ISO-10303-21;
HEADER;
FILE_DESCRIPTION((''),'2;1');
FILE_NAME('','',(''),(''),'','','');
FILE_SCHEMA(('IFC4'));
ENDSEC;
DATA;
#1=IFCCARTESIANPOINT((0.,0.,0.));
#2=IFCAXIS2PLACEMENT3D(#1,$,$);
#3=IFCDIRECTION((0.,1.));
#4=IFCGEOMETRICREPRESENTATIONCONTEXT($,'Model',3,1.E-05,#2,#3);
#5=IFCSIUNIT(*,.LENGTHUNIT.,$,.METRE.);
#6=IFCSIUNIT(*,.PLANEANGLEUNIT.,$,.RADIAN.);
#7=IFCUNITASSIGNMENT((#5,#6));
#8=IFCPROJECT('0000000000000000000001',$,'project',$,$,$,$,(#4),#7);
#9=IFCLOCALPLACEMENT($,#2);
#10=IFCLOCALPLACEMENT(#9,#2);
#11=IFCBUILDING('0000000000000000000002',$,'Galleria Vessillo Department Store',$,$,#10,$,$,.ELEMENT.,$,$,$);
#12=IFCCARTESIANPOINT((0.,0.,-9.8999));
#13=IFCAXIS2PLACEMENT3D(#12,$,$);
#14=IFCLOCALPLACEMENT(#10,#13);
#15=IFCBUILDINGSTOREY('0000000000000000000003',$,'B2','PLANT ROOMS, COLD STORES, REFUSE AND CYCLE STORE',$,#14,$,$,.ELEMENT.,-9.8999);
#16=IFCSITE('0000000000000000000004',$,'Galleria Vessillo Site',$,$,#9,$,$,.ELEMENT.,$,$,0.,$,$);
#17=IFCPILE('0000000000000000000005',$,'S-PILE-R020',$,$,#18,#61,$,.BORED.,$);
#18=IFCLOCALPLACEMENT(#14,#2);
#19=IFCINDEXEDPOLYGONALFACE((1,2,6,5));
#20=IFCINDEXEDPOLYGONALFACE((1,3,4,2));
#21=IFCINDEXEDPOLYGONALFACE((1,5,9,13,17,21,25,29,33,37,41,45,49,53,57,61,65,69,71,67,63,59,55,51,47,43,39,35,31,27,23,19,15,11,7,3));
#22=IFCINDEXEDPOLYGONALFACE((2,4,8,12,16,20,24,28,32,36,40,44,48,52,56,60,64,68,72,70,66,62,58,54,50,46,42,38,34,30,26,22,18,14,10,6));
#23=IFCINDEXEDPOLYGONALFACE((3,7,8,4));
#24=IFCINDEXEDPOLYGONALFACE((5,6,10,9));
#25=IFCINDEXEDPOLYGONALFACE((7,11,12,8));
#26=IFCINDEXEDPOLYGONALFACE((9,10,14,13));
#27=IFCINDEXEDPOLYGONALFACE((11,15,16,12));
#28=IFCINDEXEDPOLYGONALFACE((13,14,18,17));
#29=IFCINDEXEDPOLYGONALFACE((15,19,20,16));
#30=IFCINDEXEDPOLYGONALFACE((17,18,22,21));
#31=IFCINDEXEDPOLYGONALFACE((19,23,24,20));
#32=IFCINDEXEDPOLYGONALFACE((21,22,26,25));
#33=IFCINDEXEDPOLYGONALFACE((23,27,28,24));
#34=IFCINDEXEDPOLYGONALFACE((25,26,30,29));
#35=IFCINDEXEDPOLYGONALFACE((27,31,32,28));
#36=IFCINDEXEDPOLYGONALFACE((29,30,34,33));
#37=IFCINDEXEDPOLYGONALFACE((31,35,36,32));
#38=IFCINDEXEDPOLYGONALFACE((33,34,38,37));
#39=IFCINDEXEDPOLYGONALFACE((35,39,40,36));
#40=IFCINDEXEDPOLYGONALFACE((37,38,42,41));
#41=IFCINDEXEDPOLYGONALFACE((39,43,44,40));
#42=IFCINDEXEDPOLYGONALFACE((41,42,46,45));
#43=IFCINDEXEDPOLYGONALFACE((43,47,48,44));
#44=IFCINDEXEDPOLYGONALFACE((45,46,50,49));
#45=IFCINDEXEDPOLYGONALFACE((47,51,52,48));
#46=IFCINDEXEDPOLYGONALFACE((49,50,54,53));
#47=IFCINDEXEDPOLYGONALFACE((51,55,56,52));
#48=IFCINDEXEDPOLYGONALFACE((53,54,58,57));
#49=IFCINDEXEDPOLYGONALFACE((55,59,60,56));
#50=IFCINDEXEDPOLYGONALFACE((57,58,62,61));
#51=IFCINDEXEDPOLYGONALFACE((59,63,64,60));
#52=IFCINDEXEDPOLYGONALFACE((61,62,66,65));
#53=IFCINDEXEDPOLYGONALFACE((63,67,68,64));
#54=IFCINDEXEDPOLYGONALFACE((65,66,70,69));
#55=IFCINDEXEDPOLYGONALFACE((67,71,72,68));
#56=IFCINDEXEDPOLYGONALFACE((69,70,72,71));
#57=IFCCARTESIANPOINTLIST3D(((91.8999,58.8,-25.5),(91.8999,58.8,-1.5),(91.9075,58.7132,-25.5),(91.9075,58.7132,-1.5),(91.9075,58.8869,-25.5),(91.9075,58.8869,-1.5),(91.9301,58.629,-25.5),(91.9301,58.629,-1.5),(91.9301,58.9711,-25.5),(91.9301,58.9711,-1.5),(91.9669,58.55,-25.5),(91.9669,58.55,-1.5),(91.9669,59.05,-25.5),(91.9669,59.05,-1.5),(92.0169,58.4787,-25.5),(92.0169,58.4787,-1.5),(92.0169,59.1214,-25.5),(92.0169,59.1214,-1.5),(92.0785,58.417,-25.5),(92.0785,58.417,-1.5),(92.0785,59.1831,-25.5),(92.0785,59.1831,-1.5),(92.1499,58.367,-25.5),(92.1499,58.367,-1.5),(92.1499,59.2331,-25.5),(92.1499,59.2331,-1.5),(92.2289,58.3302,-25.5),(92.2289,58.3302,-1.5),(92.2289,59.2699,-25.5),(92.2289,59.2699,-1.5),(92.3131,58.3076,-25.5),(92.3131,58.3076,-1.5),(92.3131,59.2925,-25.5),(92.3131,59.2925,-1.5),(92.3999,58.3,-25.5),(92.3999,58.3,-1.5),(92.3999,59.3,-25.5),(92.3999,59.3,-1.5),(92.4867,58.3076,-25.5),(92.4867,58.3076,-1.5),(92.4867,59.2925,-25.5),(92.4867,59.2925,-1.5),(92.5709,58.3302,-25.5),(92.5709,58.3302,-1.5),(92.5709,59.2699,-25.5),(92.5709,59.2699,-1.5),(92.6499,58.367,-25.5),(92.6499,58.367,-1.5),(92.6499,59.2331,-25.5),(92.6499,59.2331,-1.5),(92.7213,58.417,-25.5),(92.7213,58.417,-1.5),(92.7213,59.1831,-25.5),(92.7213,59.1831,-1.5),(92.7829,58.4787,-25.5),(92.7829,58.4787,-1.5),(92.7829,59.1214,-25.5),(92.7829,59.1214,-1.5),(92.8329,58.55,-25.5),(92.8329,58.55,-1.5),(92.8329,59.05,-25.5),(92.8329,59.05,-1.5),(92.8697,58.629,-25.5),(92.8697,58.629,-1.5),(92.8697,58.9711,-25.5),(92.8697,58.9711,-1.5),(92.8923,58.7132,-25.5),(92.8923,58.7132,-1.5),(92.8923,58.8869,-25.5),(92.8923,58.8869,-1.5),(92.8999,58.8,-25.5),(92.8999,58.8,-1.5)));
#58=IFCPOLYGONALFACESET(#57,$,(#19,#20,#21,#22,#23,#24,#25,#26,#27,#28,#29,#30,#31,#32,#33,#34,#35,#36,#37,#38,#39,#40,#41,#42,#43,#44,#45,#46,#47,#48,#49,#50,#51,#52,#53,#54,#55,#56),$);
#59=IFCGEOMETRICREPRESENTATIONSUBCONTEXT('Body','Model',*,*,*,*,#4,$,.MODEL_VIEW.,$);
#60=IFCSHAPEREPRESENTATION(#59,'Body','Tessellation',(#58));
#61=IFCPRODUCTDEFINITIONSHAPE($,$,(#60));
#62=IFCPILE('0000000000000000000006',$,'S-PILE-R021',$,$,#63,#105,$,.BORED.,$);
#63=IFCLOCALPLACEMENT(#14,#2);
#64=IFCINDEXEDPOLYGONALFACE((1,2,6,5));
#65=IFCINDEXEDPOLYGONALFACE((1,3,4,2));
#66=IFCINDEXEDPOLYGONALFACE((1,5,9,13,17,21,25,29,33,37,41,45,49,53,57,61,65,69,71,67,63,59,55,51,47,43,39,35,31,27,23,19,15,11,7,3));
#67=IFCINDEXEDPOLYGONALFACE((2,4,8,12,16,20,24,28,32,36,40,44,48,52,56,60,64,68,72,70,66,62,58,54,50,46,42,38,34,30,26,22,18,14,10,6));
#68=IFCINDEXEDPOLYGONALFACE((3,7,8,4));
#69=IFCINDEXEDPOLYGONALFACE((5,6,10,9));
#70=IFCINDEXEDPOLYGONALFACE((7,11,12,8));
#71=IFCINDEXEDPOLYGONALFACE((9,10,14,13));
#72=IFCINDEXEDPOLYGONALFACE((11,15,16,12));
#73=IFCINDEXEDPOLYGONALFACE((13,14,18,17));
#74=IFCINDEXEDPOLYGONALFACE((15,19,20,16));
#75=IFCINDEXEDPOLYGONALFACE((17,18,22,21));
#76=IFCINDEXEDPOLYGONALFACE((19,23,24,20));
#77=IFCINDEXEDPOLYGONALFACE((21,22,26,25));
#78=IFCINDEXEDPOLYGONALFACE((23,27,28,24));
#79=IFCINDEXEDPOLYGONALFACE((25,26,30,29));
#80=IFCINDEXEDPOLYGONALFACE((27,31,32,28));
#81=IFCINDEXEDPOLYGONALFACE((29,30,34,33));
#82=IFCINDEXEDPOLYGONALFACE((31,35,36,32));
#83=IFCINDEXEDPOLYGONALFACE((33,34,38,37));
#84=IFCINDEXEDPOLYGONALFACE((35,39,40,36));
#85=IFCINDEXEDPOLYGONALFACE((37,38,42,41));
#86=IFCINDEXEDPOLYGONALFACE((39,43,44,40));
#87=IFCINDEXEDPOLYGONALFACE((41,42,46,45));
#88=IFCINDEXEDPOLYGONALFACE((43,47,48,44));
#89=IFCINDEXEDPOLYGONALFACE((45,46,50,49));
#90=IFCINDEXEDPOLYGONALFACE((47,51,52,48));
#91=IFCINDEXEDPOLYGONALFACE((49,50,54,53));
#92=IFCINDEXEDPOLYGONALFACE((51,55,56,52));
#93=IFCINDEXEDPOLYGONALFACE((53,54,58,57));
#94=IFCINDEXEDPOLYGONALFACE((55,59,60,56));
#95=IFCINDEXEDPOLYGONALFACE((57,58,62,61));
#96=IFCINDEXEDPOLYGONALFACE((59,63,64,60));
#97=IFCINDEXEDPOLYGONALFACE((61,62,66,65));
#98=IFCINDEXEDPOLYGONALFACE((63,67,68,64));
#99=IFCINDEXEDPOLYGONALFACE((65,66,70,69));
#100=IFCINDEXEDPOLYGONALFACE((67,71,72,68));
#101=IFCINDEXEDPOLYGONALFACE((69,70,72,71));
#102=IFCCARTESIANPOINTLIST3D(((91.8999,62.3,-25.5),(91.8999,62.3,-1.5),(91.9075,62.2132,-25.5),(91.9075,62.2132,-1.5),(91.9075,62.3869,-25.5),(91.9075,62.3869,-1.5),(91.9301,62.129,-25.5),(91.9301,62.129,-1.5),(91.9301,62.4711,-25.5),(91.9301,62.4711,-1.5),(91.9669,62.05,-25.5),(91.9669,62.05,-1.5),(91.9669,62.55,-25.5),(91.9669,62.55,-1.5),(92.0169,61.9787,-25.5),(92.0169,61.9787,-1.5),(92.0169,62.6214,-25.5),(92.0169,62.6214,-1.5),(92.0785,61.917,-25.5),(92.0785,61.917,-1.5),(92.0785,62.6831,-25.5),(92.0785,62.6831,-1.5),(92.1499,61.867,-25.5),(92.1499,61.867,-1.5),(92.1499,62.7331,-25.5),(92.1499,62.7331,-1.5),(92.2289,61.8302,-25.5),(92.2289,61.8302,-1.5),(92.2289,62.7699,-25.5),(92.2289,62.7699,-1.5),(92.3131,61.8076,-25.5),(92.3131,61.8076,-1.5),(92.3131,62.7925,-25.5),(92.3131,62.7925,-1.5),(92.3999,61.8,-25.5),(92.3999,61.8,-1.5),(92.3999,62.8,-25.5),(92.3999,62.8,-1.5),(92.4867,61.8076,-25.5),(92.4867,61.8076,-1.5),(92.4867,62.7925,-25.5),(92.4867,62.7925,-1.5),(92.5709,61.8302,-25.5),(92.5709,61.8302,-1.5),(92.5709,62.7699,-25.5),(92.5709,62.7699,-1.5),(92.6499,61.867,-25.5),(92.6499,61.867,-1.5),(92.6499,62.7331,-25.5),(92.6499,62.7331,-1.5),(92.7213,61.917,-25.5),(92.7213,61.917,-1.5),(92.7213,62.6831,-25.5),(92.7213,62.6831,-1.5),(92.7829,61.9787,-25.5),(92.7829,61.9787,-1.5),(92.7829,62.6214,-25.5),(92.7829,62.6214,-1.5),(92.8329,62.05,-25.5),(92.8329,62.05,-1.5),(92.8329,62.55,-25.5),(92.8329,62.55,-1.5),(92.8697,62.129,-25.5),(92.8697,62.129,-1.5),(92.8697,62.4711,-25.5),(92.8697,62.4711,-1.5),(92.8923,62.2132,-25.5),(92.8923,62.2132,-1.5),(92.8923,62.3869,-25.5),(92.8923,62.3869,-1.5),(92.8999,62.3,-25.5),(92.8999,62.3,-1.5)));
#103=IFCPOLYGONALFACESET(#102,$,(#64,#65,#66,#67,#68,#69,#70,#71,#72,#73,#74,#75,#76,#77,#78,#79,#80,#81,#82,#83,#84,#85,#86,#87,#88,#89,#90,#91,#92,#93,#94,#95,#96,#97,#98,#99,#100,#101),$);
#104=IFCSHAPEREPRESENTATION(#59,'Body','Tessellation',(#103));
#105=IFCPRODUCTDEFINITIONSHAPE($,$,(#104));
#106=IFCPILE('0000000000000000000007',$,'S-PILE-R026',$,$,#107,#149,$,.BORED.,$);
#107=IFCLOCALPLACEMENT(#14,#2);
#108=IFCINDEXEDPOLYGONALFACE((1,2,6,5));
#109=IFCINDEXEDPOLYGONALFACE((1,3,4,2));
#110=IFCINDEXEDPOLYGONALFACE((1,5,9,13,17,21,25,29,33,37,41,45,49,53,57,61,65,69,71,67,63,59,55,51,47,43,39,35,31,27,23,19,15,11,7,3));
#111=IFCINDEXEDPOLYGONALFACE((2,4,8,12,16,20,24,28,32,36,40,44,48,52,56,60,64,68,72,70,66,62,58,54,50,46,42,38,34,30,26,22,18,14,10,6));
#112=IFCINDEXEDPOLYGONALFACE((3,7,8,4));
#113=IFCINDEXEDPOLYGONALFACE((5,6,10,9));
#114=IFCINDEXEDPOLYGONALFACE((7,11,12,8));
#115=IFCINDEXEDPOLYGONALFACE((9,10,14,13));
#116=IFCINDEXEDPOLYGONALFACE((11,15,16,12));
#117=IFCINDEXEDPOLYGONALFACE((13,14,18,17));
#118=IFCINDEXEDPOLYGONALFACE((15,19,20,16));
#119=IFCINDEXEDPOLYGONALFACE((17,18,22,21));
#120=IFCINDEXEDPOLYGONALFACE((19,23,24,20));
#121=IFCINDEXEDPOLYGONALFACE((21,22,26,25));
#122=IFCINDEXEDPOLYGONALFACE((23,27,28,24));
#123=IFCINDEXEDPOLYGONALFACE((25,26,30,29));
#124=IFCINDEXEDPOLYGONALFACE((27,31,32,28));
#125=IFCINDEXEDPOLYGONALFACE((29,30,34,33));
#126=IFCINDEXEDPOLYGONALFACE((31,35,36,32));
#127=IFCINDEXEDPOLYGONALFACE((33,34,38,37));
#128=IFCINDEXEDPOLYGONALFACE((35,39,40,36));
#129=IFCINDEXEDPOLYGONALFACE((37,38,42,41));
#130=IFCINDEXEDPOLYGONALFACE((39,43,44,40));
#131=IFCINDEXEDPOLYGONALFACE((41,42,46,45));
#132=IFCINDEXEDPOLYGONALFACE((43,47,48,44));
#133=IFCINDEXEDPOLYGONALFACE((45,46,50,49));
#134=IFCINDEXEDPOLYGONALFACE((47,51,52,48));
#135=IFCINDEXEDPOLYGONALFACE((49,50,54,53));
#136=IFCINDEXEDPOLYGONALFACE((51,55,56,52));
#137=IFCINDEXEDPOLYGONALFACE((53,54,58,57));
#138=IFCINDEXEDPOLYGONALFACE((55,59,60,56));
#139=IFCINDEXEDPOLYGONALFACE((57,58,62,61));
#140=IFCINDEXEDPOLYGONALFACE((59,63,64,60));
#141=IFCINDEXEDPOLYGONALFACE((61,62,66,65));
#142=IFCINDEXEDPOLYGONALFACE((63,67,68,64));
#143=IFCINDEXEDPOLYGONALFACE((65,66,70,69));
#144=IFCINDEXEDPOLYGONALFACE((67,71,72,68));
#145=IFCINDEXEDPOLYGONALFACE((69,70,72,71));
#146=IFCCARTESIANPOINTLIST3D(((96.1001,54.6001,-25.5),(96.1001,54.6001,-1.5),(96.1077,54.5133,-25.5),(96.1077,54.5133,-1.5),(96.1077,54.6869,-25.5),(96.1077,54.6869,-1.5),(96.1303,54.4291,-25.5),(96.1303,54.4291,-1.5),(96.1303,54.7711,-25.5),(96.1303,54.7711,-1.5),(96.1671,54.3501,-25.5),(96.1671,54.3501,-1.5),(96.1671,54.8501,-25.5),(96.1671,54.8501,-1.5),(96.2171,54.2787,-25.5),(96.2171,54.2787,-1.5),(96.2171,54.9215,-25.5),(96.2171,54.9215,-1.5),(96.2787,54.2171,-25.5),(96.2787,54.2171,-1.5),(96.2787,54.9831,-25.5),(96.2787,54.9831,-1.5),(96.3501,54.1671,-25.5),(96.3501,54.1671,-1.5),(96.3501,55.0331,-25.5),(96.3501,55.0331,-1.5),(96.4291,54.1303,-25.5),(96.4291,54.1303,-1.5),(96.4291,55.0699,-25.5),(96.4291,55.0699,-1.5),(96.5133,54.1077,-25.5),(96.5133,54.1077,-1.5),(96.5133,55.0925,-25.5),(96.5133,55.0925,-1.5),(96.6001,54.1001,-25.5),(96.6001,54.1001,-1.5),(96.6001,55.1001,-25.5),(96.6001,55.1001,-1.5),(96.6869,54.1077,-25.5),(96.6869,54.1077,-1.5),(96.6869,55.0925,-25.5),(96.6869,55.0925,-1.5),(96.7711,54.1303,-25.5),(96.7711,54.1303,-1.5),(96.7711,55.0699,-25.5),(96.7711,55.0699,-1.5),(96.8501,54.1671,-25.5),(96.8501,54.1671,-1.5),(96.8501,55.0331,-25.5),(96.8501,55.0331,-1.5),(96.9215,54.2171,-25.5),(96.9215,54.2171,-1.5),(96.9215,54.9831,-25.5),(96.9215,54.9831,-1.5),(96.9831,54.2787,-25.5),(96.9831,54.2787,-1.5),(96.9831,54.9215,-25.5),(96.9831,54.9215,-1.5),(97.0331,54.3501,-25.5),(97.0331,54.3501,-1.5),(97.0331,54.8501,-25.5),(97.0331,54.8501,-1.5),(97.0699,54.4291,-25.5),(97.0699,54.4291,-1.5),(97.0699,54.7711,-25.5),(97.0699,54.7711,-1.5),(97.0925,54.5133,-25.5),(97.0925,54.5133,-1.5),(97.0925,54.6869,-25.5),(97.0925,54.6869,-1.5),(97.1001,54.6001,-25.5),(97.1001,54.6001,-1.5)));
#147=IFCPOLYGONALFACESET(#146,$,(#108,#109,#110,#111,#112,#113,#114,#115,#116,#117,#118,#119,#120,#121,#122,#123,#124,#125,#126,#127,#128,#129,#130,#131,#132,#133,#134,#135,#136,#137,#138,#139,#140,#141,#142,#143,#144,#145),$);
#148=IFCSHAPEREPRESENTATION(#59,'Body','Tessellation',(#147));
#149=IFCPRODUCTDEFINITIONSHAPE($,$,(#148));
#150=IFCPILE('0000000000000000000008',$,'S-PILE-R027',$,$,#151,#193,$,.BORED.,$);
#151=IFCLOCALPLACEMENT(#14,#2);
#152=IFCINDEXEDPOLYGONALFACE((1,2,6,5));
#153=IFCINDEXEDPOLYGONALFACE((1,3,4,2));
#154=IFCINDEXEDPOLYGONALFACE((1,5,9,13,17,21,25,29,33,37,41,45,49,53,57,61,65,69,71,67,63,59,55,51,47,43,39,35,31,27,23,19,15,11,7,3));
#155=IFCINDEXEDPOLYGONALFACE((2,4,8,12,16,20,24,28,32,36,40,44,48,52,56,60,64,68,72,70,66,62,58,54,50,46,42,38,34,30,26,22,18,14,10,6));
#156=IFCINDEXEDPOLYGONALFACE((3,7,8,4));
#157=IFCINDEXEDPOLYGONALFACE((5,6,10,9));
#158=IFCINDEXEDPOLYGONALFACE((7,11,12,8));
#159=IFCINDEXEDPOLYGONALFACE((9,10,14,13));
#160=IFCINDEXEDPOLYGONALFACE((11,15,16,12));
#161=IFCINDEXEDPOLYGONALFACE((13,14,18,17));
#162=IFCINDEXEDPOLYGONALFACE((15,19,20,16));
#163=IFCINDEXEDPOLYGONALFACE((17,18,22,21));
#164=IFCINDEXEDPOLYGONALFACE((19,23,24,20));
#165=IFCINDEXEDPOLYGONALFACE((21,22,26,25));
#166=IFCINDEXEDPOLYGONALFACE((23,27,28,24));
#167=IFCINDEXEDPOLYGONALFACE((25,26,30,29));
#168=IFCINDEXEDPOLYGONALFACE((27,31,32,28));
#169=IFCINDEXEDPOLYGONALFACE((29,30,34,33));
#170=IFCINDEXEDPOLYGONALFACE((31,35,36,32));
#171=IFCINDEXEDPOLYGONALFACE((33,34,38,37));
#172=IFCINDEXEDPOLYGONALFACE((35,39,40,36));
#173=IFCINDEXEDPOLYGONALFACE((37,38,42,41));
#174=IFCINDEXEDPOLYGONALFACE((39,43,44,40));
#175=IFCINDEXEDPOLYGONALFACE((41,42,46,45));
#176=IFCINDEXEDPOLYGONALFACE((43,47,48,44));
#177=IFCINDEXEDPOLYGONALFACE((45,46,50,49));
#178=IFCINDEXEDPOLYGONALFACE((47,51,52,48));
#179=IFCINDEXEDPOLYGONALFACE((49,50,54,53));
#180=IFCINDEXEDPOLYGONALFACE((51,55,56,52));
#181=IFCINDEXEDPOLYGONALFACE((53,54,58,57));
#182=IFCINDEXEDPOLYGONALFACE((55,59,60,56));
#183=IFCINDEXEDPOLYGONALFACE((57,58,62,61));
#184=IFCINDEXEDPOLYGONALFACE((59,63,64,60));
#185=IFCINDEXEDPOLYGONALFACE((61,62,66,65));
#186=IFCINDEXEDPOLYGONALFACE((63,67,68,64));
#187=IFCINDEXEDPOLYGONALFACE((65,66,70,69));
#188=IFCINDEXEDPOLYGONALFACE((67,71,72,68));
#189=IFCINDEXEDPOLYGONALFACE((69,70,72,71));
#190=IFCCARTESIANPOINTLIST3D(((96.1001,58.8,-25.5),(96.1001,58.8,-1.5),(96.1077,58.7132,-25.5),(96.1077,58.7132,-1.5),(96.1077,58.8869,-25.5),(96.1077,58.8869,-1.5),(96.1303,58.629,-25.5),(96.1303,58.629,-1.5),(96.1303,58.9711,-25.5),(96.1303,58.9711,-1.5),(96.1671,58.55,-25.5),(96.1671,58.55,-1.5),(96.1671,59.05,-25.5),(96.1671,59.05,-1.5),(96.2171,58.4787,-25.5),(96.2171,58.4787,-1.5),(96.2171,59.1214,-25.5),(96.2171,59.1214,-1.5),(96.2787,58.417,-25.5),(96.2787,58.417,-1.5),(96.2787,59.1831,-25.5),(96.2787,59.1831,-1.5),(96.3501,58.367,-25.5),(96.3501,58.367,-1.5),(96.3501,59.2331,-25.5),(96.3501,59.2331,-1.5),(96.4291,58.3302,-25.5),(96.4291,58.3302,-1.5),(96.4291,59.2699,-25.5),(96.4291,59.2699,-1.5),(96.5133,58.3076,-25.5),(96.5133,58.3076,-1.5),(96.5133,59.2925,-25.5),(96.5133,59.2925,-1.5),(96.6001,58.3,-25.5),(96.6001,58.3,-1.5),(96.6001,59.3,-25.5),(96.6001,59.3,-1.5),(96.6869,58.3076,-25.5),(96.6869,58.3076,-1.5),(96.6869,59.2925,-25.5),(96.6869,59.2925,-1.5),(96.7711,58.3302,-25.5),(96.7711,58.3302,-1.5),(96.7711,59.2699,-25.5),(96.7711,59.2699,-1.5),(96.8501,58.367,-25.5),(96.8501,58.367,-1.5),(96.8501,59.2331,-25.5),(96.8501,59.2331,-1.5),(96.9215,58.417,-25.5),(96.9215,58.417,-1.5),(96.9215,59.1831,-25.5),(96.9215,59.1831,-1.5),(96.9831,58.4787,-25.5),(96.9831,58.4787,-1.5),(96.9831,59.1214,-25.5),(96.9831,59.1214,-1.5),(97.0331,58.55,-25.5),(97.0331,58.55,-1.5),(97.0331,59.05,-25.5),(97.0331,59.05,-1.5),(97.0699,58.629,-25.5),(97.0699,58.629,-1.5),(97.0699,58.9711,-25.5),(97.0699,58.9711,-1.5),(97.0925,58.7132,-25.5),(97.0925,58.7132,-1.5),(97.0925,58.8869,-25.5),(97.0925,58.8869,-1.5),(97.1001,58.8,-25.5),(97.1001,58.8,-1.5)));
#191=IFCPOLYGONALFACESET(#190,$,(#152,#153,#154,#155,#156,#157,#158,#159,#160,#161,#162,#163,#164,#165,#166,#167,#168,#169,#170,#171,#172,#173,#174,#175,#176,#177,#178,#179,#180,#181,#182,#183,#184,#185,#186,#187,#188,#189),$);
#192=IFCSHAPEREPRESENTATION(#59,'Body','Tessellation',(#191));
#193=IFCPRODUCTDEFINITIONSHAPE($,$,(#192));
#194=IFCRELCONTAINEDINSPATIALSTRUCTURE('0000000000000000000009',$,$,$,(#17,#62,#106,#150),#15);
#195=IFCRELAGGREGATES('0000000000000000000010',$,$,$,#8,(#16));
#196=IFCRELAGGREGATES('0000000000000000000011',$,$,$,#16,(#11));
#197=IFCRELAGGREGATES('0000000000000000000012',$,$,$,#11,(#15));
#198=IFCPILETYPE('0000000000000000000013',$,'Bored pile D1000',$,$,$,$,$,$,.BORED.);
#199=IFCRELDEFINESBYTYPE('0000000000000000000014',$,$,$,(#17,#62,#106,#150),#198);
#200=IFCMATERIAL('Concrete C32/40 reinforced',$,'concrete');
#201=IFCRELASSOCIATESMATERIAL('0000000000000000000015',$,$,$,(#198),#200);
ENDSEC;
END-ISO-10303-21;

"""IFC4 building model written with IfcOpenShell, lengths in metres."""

from ifc_helpers import new_model, si_unit, direction, frame, origin, origin_2d, place, context, subcontext, project, spatial, circle, extrude, material, material_profile, profile_set, type_object, element, save


model = new_model("IFC4")

# Units and contexts
model_context = context("Model", 3, precision=1e-05, world=origin(), true_north=direction((0.0, 1.0)))
body_context = subcontext(model_context, "Body", "Model", "MODEL_VIEW")
ifc_project = project(units=[si_unit("LENGTHUNIT", "METRE"), si_unit("PLANEANGLEUNIT", "RADIAN")], contexts=[model_context])

# Site, building, storey
site_placement = place(None, origin())
site = spatial("IfcSite", under=ifc_project, at=site_placement, Name="Galleria Vessillo Site", CompositionType="ELEMENT", RefElevation=0.0)
building_placement = place(site_placement, origin())
building = spatial("IfcBuilding", under=site, at=building_placement, Name="Galleria Vessillo Department Store", CompositionType="ELEMENT")
storey_placement = place(building_placement, frame((0.0, 0.0, -9.8999)))
storey = spatial("IfcBuildingStorey", under=building, at=storey_placement, Name="B2", Description="PLANT ROOMS, COLD STORES, REFUSE AND CYCLE STORE", CompositionType="ELEMENT", Elevation=-9.8999)

# Piles
ifc_material_1 = material(Name="Concrete C32/40 reinforced", Category="concrete")
ifc_material_profile_1 = material_profile(ifc_material_1, circle(Radius=0.5, at=origin_2d()), Name="Bored pile D1000")
ifc_profile_set_1 = profile_set([ifc_material_profile_1], Name="Concrete C32/40 reinforced")
pile_type = type_object("IfcPileType", Name="Bored pile D1000", PredefinedType="BORED", material=ifc_profile_set_1)
for number, where, z_axis, x_axis, name in (
    (1, (92.3999, 58.8, -1.5), (0.0, 0.0, -1.0), (1.0, 0.0, 0.0), "S-PILE-R020"),
    (2, (92.3999, 62.3, -1.5), (0.0, 0.0, -1.0), (1.0, 0.0, 0.0), "S-PILE-R021"),
    (3, (96.6001, 54.6001, -1.5), (0.0, 0.0, -1.0), (1.0, 0.0, 0.0), "S-PILE-R026"),
    (4, (96.6001, 58.8, -1.5), (0.0, 0.0, -1.0), (1.0, 0.0, 0.0), "S-PILE-R027"),
):
    element("IfcPile", number, at=place(storey_placement, frame(where, z_axis=z_axis, x_axis=x_axis)), inside=storey, type_object=pile_type, Name=name, PredefinedType="BORED", context=body_context, shape_type="SweptSolid", body=[
        extrude(circle(Radius=0.5, at=origin_2d()), origin(), (0.0, 0.0, 1.0), 24.0),
    ])

save(model, "model.ifc")
